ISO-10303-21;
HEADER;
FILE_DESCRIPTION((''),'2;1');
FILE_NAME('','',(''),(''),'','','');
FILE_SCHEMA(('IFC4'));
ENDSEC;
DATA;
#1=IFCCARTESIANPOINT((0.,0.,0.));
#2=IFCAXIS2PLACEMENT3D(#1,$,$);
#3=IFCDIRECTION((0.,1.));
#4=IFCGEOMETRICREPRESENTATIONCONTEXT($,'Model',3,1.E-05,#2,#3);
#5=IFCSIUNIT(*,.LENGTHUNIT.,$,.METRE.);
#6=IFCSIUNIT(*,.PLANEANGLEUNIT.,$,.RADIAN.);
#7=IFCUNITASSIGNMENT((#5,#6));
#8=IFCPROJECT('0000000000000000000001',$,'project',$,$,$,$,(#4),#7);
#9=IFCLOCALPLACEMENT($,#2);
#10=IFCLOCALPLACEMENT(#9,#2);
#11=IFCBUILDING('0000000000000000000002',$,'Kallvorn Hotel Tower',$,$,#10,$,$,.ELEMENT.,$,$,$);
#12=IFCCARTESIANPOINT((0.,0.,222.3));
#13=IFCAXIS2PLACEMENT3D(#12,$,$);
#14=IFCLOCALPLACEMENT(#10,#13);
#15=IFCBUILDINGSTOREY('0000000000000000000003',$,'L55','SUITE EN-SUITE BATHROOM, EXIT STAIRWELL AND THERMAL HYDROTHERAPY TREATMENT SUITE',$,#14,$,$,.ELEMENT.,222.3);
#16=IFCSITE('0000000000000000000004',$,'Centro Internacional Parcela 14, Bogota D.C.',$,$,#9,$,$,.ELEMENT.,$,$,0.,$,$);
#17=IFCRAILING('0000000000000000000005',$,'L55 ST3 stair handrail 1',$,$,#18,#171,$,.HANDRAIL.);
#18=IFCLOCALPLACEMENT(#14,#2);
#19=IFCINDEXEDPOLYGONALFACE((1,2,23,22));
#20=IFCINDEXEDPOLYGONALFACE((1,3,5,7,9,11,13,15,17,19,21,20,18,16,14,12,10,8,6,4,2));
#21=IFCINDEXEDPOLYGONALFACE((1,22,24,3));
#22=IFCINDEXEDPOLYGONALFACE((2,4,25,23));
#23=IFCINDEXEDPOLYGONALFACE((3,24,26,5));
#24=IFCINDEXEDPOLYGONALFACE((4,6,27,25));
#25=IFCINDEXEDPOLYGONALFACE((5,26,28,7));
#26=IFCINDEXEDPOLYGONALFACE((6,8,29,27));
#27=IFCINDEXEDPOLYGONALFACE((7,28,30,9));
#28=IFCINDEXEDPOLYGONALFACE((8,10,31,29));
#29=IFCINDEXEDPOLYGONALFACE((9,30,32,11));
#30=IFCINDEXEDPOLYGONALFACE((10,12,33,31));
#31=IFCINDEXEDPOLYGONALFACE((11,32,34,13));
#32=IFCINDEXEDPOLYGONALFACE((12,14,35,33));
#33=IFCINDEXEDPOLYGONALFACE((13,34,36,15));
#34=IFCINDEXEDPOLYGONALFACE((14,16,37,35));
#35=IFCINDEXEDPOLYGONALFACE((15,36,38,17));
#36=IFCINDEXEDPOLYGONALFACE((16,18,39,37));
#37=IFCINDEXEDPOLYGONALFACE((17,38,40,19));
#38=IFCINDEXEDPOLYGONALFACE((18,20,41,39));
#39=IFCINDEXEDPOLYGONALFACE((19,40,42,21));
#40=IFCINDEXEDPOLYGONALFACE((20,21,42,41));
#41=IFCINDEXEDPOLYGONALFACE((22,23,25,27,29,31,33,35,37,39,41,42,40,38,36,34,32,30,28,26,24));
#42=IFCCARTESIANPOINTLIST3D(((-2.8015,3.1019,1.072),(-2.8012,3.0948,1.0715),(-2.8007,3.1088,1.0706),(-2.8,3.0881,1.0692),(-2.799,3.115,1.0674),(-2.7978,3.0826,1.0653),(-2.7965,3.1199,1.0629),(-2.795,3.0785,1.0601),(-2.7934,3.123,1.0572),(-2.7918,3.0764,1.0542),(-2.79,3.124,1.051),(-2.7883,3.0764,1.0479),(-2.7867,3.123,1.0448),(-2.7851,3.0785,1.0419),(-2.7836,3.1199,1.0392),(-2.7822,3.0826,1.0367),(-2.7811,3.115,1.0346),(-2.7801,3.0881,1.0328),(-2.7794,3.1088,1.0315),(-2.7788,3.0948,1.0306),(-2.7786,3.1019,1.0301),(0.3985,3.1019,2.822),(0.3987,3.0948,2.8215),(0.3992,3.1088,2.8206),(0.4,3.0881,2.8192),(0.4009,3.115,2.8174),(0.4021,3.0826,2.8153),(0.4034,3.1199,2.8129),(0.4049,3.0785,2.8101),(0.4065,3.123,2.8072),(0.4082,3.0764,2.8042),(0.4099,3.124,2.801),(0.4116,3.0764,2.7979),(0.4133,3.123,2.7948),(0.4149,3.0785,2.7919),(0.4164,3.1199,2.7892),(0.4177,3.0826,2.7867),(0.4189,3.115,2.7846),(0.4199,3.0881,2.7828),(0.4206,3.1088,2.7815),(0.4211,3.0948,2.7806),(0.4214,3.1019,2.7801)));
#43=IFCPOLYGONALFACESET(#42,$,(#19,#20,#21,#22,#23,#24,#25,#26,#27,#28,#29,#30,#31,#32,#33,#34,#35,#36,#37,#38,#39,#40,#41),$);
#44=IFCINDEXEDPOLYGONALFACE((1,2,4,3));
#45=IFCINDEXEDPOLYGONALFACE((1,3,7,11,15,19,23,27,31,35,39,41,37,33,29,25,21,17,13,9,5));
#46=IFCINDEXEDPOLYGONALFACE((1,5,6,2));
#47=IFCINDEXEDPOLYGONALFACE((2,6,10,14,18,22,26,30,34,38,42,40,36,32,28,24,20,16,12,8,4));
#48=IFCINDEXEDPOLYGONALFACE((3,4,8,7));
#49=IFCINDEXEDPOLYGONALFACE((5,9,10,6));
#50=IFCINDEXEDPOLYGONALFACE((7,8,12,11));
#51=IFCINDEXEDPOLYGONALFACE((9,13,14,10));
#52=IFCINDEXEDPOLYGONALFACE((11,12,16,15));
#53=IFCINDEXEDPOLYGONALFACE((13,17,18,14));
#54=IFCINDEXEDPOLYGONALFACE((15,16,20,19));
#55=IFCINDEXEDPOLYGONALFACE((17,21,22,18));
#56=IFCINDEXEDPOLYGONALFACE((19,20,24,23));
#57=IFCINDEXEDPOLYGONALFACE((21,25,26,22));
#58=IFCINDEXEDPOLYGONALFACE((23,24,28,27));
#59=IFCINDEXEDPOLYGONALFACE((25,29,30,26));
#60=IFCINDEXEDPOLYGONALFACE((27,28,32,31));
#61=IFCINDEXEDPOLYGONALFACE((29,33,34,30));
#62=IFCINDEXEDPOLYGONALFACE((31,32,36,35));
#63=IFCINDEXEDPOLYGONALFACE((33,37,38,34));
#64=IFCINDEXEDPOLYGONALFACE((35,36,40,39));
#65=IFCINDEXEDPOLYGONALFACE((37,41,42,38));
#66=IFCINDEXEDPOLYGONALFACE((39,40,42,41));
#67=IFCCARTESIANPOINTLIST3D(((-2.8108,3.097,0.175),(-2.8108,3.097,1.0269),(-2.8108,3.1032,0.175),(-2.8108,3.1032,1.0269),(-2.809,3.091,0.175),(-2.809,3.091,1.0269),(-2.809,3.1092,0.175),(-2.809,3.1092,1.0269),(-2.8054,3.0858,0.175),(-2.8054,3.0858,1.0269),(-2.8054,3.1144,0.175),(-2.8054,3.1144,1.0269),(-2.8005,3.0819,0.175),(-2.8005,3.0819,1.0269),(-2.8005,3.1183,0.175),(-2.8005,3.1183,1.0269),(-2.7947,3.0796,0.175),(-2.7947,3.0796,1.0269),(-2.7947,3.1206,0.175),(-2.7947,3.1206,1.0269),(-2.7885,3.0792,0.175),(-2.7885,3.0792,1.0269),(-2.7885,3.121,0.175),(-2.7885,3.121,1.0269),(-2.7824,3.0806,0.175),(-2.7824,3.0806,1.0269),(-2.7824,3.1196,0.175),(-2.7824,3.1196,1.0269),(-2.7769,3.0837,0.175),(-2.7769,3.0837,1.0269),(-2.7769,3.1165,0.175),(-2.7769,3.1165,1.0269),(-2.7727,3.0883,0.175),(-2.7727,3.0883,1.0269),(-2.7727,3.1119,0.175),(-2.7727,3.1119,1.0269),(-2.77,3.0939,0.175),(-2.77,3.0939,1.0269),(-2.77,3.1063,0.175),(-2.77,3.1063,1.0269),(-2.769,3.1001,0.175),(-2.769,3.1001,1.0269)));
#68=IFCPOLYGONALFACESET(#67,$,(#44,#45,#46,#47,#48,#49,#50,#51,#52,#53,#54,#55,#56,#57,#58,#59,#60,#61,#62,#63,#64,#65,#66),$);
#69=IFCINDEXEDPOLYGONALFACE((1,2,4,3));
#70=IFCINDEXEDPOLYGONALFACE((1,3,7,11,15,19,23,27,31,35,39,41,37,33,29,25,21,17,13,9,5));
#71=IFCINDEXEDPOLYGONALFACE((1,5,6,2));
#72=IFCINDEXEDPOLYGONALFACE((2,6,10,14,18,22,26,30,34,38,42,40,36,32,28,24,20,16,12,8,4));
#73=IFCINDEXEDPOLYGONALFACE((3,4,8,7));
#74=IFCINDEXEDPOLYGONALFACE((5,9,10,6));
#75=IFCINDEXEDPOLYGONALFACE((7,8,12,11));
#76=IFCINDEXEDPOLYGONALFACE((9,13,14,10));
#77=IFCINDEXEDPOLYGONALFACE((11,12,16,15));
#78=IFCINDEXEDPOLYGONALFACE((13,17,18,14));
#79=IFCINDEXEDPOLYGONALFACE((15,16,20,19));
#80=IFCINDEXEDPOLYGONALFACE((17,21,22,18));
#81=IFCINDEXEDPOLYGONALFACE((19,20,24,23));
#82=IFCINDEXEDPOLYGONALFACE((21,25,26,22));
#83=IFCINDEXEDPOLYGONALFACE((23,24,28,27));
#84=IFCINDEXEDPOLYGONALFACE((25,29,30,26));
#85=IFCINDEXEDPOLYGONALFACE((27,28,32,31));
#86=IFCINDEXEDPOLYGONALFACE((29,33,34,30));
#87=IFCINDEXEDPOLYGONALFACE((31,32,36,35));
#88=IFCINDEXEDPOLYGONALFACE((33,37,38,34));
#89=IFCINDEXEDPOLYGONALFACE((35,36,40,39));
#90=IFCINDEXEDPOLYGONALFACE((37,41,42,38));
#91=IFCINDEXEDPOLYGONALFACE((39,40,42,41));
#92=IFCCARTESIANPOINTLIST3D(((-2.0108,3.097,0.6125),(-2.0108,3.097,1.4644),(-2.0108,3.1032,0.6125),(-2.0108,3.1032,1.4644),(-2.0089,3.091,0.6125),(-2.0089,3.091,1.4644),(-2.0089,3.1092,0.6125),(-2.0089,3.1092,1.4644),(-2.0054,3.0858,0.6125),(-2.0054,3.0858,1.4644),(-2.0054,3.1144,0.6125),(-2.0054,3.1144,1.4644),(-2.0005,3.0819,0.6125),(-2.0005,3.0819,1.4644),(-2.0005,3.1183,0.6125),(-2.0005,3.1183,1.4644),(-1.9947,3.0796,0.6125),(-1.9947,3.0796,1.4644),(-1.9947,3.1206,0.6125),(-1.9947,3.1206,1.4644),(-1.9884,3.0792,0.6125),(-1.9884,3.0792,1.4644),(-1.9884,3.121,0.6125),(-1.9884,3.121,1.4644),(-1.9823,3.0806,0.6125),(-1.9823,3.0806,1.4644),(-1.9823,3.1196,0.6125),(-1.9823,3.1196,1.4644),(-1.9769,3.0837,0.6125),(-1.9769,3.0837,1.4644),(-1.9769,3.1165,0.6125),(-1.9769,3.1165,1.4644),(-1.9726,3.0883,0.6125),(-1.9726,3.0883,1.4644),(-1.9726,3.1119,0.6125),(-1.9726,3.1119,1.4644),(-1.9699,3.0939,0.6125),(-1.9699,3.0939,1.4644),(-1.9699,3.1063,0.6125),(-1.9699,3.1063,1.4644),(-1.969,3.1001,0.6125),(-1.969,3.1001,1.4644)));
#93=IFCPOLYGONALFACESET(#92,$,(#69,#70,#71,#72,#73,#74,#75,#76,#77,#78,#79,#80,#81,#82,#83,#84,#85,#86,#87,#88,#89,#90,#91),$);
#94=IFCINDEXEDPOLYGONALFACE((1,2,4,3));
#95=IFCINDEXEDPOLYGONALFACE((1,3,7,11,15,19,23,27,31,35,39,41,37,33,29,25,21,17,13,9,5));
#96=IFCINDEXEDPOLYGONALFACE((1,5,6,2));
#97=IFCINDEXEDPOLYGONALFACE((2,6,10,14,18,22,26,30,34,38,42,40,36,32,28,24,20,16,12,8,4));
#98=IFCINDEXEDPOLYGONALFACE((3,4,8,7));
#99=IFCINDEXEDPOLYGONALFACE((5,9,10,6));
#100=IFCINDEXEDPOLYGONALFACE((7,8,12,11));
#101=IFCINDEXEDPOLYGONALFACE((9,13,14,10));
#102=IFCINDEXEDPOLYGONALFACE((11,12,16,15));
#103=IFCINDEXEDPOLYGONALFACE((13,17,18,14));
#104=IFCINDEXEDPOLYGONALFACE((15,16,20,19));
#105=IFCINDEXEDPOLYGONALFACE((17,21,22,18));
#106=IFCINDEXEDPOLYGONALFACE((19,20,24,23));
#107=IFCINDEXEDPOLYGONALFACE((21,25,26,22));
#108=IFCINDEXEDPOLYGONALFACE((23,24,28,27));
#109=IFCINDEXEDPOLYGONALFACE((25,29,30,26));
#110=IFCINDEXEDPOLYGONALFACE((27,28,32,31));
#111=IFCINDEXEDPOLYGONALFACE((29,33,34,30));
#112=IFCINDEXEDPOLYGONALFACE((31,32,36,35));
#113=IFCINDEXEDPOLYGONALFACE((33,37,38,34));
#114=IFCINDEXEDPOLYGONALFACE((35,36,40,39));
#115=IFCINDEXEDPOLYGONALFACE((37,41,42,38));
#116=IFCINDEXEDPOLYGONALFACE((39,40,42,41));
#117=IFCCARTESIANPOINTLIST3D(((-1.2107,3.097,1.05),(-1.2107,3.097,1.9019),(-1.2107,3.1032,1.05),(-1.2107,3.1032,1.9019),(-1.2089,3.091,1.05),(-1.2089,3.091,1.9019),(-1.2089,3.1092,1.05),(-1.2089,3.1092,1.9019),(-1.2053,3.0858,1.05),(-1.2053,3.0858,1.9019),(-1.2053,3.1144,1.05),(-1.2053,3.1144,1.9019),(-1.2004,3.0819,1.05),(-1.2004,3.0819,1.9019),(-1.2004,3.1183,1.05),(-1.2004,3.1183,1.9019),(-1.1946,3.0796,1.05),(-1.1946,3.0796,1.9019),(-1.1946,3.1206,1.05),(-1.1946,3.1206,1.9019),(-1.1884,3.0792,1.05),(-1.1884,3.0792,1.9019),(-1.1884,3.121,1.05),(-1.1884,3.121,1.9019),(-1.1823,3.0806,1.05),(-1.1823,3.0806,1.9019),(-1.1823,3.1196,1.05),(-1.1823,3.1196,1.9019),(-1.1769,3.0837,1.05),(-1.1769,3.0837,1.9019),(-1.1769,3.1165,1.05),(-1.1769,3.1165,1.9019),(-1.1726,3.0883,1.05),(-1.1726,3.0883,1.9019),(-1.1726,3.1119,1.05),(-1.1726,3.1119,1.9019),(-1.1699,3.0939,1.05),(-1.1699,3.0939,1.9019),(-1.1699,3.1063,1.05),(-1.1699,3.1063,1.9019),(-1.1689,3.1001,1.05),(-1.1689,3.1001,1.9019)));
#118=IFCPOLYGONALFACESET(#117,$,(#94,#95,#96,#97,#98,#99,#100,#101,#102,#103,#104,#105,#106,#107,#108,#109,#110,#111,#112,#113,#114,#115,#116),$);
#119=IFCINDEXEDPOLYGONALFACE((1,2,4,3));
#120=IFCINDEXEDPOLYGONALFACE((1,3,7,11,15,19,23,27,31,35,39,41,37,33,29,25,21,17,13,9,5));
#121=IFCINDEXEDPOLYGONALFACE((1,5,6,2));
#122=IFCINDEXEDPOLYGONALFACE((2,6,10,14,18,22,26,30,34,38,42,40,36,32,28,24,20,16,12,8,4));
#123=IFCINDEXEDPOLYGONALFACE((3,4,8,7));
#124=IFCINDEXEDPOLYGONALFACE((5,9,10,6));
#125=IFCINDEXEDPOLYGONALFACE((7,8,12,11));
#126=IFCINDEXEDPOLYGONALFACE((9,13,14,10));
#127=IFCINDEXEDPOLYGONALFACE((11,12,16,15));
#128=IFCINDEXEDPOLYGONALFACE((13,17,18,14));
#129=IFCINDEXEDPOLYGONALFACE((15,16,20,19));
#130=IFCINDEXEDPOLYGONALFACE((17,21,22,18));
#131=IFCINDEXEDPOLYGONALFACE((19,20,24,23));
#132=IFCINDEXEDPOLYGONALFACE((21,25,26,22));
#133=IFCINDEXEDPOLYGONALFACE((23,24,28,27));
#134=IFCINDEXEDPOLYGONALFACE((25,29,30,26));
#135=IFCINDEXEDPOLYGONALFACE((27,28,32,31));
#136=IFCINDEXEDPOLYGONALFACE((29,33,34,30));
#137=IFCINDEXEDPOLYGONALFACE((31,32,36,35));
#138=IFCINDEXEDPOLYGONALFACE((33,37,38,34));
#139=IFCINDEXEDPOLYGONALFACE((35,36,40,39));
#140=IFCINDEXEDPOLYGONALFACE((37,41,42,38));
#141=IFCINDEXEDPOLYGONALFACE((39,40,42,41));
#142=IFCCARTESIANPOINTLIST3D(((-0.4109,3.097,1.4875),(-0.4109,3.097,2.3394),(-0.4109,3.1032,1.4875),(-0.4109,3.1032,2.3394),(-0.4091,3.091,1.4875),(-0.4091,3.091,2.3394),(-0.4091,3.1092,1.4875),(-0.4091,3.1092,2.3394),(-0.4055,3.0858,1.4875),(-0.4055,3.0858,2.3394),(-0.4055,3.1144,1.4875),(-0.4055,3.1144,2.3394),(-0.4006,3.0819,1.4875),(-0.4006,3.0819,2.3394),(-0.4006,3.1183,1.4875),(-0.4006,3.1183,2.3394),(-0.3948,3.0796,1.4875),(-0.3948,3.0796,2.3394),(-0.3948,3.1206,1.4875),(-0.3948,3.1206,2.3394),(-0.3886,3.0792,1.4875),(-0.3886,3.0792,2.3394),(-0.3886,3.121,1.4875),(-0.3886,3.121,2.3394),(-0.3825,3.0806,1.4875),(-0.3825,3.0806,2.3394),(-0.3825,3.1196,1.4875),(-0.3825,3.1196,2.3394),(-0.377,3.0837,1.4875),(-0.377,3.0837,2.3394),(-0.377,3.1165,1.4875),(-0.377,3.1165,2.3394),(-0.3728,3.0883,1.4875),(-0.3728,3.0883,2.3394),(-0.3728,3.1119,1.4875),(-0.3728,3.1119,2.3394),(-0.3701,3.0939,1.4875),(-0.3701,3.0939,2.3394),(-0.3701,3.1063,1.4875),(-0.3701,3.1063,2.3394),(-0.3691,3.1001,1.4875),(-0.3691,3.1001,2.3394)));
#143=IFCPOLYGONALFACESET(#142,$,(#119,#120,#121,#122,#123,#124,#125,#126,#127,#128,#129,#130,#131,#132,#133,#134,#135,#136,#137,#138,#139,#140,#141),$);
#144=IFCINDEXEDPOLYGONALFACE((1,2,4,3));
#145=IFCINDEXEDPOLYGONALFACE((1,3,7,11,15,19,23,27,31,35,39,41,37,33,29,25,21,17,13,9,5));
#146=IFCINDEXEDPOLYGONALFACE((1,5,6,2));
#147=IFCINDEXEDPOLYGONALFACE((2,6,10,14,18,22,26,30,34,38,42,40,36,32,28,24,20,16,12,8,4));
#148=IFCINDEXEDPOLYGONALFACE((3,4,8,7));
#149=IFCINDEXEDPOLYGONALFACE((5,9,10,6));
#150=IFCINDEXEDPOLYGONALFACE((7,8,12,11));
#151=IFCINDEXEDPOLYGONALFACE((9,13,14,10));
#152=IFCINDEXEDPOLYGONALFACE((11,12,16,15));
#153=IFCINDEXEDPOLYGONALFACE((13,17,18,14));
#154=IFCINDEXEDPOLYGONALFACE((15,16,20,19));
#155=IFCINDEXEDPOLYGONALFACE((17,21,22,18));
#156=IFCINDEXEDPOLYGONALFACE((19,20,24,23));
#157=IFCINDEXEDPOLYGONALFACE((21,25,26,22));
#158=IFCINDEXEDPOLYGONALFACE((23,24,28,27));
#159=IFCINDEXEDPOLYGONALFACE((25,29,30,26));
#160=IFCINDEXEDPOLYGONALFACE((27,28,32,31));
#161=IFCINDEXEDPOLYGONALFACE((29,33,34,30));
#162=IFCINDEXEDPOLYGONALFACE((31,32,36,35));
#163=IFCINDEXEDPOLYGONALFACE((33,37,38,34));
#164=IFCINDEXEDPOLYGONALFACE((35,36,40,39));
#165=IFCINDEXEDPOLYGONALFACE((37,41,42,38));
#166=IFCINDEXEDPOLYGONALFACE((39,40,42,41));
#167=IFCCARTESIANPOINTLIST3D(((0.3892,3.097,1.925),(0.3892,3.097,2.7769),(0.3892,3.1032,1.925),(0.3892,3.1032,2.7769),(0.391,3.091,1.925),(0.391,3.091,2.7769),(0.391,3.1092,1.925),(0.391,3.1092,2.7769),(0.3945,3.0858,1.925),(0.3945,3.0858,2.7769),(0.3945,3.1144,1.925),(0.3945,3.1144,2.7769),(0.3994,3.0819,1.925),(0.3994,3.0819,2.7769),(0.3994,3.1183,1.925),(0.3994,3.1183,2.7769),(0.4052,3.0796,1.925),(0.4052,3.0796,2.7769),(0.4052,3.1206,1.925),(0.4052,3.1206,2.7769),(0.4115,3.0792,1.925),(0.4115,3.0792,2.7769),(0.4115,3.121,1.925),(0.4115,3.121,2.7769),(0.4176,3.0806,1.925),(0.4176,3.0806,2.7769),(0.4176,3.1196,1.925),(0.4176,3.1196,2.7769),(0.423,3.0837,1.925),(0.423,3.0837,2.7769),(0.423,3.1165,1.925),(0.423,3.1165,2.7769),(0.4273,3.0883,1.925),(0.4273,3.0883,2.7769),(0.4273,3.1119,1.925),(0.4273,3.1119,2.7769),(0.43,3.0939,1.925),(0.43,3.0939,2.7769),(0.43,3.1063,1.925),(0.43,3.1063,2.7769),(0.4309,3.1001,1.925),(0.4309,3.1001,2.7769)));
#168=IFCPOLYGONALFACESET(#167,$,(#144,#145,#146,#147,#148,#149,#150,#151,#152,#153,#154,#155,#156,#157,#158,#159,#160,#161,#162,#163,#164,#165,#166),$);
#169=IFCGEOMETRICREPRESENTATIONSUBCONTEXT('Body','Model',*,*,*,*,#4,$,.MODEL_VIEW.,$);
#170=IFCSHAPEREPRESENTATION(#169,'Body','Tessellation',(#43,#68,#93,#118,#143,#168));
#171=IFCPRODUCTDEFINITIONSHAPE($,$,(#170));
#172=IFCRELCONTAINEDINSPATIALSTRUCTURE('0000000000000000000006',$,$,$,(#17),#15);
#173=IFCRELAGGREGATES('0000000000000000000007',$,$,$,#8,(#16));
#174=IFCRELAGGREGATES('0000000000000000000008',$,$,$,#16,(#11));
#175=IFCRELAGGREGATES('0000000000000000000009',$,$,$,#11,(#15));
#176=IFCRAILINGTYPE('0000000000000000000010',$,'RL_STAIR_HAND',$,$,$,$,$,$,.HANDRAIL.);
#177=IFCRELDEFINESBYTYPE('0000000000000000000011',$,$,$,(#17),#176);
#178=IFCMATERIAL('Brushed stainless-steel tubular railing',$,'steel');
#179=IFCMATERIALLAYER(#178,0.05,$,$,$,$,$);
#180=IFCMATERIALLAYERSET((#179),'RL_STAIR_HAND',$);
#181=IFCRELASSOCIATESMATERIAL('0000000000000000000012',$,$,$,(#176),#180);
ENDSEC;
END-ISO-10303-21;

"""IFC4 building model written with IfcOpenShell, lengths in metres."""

from ifc_helpers import new_model, si_unit, direction, frame, origin, origin_2d, place, context, subcontext, project, spatial, circle, extrude, material, layer, layer_set, type_object, element, save


model = new_model("IFC4")

# Units and contexts
model_context = context("Model", 3, precision=1e-05, world=origin(), true_north=direction((0.0, 1.0)))
body_context = subcontext(model_context, "Body", "Model", "MODEL_VIEW")
ifc_project = project(units=[si_unit("LENGTHUNIT", "METRE"), si_unit("PLANEANGLEUNIT", "RADIAN")], contexts=[model_context])

# Site, building, storey
site_placement = place(None, origin())
site = spatial("IfcSite", under=ifc_project, at=site_placement, Name="Centro Internacional Parcela 14, Bogota D.C.", CompositionType="ELEMENT", RefElevation=0.0)
building_placement = place(site_placement, origin())
building = spatial("IfcBuilding", under=site, at=building_placement, Name="Kallvorn Hotel Tower", CompositionType="ELEMENT")
storey_placement = place(building_placement, frame((0.0, 0.0, 222.3)))
storey = spatial("IfcBuildingStorey", under=building, at=storey_placement, Name="L55", Description="SUITE EN-SUITE BATHROOM, EXIT STAIRWELL AND THERMAL HYDROTHERAPY TREATMENT SUITE", CompositionType="ELEMENT", Elevation=222.3)

# Railing
ifc_material_1 = material(Name="Brushed stainless-steel tubular railing", Category="steel")
ifc_layer_1 = layer(ifc_material_1, 0.05)
ifc_layer_set_1 = layer_set([ifc_layer_1], Name="RL_STAIR_HAND")
railing_type_1 = type_object("IfcRailingType", Name="RL_STAIR_HAND", PredefinedType="HANDRAIL", material=ifc_layer_set_1)
railing_1_placement = place(storey_placement, frame((-2.79, 3.1001, 0.175)))
element("IfcRailing", 1, at=railing_1_placement, inside=storey, type_object=railing_type_1, Name="L55 ST3 stair handrail 1", PredefinedType="HANDRAIL", context=body_context, shape_type="SweptSolid", body=[
    extrude(circle(Radius=0.0239, at=origin_2d()), frame((0.0, 0.0, 0.876), z_axis=(0.877368, 0.0, 0.479818), x_axis=(0.0, 1.0, 0.0)), (0.0, 0.0, 1.0), 3.6472),
    extrude(circle(Radius=0.021, at=origin_2d()), origin(), (0.0, 0.0, 1.0), 0.8518),
    extrude(circle(Radius=0.021, at=origin_2d()), frame((0.8, 0.0, 0.4375)), (0.0, 0.0, 1.0), 0.8518),
    extrude(circle(Radius=0.021, at=origin_2d()), frame((1.6001, 0.0, 0.875)), (0.0, 0.0, 1.0), 0.8518),
    extrude(circle(Radius=0.021, at=origin_2d()), frame((2.3999, 0.0, 1.3125)), (0.0, 0.0, 1.0), 0.8518),
    extrude(circle(Radius=0.021, at=origin_2d()), frame((3.2, 0.0, 1.75)), (0.0, 0.0, 1.0), 0.8518),
])

save(model, "model.ifc")
